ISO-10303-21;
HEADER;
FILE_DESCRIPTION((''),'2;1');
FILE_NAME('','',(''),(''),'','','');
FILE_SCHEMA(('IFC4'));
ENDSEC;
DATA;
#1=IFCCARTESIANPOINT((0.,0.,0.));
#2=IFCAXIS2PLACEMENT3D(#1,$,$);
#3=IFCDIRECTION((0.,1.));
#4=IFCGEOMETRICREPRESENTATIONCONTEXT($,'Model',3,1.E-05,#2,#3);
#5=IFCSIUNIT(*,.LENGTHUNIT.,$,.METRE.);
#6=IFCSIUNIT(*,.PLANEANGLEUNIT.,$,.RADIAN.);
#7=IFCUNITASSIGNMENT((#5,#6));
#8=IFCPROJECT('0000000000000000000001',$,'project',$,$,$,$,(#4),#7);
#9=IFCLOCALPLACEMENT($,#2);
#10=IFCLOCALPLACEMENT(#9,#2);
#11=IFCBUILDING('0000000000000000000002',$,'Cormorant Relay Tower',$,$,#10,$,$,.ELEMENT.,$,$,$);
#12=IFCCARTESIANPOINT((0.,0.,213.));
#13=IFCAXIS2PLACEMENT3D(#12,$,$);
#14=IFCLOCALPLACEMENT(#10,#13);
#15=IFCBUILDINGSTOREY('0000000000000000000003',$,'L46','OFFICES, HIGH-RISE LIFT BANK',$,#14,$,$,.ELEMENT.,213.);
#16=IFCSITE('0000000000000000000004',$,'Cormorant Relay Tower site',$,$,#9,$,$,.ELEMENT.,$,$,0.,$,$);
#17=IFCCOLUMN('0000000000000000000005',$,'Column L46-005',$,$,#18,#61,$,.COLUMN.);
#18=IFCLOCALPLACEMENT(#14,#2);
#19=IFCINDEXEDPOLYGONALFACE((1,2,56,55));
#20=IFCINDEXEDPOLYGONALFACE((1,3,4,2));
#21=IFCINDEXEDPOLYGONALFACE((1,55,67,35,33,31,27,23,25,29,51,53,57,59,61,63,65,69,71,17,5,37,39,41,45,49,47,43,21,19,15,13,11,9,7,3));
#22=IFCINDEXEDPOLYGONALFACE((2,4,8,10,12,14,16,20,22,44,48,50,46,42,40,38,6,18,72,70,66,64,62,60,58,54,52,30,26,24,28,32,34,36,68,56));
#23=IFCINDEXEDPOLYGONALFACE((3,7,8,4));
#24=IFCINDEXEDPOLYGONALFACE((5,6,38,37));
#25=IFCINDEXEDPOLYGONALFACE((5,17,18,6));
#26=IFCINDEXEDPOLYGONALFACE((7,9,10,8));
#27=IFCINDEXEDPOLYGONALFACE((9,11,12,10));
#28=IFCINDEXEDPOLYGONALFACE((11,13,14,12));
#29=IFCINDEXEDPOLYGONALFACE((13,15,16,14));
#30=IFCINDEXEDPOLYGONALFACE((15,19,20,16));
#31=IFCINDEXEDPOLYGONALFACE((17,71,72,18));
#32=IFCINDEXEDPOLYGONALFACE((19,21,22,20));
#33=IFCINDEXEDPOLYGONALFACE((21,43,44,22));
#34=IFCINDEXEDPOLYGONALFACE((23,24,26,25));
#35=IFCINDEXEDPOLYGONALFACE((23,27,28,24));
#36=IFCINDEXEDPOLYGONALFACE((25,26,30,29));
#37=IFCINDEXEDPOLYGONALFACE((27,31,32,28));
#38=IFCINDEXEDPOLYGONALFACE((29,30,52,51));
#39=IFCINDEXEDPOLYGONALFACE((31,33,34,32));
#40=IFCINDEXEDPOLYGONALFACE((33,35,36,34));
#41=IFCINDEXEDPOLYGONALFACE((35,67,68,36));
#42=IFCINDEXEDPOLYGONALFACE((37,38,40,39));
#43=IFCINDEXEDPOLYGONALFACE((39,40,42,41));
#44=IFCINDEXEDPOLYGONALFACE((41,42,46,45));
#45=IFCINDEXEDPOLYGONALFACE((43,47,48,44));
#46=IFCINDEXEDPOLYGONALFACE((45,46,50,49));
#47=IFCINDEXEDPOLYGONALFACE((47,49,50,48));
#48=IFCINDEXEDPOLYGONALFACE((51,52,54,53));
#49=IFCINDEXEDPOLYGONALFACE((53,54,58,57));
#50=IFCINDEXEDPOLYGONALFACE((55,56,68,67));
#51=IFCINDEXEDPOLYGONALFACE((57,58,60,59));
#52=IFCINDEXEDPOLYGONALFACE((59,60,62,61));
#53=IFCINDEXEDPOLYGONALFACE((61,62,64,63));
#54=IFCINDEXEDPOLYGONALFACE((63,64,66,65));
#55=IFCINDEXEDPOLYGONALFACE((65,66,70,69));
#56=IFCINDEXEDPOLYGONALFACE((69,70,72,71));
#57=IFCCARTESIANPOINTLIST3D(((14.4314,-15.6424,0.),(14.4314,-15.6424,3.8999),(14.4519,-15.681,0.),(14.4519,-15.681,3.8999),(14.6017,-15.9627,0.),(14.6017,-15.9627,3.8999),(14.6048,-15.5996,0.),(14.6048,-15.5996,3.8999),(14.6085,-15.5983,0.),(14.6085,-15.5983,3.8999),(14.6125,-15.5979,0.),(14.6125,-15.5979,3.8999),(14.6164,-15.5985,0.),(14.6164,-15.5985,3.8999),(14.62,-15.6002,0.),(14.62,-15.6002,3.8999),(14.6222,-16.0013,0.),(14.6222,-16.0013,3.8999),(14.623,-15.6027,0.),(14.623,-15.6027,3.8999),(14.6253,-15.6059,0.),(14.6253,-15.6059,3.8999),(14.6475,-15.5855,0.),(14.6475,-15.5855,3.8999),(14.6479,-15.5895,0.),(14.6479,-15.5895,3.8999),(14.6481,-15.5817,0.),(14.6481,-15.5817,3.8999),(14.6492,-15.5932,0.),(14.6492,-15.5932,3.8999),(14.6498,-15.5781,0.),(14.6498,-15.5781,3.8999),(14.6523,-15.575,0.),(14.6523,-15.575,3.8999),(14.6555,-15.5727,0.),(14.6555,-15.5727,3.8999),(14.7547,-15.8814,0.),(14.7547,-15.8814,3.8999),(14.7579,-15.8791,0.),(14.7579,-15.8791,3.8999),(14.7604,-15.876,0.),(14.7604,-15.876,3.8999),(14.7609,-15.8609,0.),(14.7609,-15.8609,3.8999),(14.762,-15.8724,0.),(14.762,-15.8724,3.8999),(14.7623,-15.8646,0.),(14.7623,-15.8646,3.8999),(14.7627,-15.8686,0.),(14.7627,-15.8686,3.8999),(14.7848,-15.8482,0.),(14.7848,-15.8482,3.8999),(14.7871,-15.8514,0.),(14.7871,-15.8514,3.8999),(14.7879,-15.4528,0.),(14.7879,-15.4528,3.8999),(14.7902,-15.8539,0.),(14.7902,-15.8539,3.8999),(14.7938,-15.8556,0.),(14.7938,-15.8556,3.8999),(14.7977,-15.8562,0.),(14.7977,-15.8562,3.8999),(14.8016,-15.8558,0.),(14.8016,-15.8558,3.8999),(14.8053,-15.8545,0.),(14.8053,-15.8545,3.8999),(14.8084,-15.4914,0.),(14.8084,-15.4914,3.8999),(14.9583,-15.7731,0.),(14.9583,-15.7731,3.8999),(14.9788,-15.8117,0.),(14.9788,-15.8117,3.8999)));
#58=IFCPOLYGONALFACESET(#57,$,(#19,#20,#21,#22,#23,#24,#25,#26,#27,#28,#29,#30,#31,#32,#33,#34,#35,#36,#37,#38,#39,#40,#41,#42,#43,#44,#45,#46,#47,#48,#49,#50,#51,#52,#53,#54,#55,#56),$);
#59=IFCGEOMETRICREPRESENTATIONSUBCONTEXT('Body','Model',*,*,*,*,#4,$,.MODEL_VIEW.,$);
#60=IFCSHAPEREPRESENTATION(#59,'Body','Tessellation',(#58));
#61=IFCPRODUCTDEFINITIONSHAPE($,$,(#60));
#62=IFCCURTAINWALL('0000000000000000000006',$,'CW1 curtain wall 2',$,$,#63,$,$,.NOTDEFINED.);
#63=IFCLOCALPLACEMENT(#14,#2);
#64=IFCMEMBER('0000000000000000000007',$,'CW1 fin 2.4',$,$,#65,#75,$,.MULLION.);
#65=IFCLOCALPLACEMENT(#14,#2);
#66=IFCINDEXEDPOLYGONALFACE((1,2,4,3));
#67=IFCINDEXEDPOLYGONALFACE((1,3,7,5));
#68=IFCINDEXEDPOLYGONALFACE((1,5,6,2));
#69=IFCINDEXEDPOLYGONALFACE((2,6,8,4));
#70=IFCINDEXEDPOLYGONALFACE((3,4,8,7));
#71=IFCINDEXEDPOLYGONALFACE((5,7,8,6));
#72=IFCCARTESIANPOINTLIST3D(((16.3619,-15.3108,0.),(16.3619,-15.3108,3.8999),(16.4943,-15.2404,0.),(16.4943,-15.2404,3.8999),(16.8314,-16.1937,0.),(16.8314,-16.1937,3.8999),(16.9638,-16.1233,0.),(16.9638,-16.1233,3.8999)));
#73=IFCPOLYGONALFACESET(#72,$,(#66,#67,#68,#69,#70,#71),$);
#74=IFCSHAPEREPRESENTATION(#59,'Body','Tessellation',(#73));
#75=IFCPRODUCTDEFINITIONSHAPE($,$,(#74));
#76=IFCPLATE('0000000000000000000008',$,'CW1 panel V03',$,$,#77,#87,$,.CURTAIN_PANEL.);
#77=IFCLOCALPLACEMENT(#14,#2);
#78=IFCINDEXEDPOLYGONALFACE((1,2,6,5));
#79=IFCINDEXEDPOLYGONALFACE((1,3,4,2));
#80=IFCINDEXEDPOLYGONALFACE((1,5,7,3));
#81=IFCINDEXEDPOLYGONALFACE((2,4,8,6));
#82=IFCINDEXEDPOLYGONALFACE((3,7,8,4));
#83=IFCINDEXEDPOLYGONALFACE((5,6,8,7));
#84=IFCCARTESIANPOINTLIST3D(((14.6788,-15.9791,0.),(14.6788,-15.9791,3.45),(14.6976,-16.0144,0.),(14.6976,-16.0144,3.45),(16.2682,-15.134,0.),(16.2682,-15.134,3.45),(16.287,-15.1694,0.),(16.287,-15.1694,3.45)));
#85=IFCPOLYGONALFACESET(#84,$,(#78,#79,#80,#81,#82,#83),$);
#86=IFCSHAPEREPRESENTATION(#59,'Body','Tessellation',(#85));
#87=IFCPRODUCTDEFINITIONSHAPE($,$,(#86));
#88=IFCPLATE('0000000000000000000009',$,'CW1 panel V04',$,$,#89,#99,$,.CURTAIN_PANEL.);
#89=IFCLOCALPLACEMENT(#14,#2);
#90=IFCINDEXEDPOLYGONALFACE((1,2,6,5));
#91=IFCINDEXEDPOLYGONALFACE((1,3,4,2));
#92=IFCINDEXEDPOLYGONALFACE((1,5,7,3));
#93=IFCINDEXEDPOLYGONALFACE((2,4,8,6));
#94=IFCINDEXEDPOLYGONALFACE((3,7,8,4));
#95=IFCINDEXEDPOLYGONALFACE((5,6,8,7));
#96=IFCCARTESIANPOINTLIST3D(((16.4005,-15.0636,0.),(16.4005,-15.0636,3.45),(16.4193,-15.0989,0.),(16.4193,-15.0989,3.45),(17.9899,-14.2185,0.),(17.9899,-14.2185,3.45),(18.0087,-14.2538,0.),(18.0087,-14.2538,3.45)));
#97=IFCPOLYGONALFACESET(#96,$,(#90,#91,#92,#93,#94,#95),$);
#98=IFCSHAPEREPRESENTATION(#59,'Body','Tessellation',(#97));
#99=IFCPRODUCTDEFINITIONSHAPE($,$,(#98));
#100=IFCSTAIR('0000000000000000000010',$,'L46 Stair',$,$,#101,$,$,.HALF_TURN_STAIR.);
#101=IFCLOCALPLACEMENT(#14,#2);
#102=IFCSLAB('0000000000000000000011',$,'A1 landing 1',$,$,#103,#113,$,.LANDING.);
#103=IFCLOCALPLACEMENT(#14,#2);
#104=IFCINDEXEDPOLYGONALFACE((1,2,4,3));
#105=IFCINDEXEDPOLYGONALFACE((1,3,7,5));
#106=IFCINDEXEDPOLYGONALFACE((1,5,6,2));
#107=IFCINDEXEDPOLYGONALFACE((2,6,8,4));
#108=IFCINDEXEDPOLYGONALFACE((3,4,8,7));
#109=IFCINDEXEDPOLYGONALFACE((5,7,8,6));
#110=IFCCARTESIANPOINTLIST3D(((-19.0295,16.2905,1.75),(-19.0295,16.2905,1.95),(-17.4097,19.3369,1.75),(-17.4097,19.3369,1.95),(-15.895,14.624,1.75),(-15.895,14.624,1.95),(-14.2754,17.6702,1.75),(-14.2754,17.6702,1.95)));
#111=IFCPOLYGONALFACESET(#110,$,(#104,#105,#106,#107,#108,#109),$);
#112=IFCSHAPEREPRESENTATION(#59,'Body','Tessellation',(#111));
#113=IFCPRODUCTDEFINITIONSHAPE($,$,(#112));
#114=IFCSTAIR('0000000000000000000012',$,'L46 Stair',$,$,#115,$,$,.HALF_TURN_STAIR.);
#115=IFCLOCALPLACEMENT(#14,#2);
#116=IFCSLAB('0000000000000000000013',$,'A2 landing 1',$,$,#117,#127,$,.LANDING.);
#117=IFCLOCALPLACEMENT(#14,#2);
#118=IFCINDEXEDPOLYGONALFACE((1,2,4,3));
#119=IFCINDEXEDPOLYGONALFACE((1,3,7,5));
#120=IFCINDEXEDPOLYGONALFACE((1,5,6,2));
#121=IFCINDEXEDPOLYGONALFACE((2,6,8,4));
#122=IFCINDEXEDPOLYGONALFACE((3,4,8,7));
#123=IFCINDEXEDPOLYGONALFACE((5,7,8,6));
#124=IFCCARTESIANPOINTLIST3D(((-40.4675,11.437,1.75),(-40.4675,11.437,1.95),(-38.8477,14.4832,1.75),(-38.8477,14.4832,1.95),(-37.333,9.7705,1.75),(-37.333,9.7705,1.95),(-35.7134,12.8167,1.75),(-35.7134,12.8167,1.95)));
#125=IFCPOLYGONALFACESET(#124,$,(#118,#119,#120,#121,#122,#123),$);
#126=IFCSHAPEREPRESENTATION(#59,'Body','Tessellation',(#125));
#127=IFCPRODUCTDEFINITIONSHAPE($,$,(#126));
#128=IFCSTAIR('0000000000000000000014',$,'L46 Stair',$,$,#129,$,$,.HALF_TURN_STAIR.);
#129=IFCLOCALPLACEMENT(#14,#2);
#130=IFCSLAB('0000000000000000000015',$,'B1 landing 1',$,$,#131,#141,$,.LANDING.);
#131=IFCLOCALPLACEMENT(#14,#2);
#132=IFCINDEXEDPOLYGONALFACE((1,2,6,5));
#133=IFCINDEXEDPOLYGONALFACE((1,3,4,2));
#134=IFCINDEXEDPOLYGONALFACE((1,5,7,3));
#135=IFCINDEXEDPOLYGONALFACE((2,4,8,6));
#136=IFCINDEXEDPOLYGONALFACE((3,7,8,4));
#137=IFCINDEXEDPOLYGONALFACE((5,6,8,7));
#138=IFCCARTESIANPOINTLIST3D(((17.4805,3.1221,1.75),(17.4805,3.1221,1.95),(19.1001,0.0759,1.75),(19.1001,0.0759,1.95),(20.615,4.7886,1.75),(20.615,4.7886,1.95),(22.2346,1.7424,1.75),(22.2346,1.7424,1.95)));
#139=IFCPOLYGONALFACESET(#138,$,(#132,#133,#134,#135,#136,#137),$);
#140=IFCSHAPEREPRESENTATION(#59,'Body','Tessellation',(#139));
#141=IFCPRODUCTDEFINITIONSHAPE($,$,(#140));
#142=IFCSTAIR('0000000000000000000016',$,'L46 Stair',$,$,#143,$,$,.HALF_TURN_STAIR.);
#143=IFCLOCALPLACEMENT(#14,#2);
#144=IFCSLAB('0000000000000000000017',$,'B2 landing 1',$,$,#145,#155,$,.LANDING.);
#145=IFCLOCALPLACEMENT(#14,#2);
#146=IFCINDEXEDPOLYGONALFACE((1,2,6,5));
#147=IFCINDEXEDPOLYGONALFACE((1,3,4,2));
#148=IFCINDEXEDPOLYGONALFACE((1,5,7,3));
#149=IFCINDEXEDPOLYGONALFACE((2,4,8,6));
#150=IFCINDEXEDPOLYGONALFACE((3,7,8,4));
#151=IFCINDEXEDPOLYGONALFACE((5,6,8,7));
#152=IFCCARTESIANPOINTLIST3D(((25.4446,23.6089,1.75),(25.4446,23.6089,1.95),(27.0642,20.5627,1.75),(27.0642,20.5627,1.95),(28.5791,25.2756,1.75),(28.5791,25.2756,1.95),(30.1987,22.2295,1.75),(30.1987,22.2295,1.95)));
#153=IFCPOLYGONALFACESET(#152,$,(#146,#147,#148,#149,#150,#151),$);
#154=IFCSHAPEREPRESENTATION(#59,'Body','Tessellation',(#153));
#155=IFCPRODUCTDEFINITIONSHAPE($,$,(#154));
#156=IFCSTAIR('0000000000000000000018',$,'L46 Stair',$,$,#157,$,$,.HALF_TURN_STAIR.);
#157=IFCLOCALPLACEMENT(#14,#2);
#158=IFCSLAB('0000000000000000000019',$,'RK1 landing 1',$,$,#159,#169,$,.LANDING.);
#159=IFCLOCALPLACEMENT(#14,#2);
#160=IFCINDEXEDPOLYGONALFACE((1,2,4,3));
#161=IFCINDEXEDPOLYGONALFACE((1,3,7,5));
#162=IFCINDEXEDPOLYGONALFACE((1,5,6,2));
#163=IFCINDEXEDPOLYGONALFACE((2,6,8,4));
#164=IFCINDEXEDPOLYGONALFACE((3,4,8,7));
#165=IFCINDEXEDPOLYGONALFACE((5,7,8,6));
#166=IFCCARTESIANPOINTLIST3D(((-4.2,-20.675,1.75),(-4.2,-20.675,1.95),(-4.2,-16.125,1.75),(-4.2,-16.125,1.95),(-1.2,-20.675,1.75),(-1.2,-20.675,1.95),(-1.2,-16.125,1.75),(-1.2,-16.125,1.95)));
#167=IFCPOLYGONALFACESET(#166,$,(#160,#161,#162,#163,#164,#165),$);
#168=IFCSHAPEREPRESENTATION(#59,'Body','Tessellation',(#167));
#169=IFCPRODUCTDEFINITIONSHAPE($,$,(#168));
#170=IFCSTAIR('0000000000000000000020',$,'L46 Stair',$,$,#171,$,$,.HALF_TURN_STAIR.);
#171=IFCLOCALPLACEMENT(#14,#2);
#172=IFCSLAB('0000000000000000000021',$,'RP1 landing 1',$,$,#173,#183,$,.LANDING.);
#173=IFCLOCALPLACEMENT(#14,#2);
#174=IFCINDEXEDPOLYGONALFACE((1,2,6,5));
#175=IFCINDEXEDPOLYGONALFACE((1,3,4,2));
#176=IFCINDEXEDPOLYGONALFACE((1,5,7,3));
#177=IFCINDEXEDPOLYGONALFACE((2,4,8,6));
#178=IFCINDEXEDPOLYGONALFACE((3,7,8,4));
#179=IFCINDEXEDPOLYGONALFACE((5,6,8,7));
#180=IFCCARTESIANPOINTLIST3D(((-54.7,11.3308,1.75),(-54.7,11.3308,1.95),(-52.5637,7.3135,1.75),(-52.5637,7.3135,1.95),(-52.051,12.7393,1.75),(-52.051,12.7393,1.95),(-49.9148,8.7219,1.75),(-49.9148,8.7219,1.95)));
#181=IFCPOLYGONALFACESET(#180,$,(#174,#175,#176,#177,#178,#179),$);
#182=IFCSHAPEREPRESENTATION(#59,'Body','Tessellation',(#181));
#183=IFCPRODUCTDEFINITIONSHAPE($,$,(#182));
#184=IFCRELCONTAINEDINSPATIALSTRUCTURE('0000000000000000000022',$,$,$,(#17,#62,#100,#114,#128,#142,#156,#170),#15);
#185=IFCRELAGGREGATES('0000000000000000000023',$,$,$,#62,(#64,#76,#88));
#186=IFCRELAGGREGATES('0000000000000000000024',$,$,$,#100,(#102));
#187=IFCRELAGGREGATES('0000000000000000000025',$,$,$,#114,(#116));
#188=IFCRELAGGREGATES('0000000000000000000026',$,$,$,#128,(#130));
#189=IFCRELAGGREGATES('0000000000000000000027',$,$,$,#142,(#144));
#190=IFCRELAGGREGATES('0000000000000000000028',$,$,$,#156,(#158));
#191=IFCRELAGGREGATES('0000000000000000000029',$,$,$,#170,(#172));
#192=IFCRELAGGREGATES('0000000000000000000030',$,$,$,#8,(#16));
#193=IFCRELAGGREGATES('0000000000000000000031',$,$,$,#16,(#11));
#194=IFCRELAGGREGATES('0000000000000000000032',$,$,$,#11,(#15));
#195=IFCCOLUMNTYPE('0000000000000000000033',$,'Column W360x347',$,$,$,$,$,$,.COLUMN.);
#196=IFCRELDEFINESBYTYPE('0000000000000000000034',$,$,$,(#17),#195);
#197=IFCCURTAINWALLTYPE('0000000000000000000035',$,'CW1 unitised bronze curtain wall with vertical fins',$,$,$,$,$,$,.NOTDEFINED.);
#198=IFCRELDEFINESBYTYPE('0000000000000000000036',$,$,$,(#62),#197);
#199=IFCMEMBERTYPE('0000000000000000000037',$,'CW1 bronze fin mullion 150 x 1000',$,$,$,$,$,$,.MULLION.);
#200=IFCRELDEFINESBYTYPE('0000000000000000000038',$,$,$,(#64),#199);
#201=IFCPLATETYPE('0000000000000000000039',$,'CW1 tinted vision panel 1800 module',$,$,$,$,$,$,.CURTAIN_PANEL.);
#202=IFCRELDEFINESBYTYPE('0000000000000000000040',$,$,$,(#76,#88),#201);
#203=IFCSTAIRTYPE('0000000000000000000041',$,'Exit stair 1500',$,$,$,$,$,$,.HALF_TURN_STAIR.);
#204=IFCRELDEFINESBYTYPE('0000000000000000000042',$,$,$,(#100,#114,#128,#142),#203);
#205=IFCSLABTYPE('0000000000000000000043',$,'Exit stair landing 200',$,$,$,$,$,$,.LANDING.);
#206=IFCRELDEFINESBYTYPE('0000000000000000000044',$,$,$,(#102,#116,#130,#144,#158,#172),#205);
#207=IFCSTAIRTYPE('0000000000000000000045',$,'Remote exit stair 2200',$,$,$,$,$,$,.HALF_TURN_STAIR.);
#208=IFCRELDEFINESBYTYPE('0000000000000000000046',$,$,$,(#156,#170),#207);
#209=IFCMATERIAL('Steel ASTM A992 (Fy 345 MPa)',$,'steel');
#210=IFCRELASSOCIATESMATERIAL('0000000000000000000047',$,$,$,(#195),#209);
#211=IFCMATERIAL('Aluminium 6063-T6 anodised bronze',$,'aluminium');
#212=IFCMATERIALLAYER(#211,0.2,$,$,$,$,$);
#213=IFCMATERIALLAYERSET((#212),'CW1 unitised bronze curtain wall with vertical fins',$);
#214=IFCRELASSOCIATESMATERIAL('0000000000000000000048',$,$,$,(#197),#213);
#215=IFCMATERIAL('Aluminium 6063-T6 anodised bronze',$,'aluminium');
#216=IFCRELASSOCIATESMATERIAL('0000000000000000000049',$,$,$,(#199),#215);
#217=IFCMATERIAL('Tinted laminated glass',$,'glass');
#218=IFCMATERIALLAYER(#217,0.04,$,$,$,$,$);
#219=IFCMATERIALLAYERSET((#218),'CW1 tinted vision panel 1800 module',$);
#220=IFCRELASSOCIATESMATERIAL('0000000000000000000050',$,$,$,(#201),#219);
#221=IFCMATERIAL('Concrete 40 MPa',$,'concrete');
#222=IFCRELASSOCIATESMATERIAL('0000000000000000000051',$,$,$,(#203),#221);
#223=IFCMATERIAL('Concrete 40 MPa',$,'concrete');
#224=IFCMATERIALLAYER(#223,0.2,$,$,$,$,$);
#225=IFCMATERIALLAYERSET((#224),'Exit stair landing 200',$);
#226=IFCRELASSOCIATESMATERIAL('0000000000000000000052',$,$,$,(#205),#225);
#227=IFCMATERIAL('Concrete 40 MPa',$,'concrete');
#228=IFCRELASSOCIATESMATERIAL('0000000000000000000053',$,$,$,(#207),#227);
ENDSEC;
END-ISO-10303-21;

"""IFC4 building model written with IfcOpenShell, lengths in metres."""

from ifc_helpers import new_model, si_unit, direction, frame, origin, origin_2d, place, context, subcontext, project, spatial, polyline, rectangle, i_section, outline, extrude, material, layer, layer_set, material_profile, profile_set, type_object, element, aggregate, save


model = new_model("IFC4")

# Units and contexts
model_context = context("Model", 3, precision=1e-05, world=origin(), true_north=direction((0.0, 1.0)))
body_context = subcontext(model_context, "Body", "Model", "MODEL_VIEW")
ifc_project = project(units=[si_unit("LENGTHUNIT", "METRE"), si_unit("PLANEANGLEUNIT", "RADIAN")], contexts=[model_context])

# Site, building, storey
site_placement = place(None, origin())
site = spatial("IfcSite", under=ifc_project, at=site_placement, Name="Cormorant Relay Tower site", CompositionType="ELEMENT", RefElevation=0.0)
building_placement = place(site_placement, origin())
building = spatial("IfcBuilding", under=site, at=building_placement, Name="Cormorant Relay Tower", CompositionType="ELEMENT")
storey_placement = place(building_placement, frame((0.0, 0.0, 213.0)))
storey = spatial("IfcBuildingStorey", under=building, at=storey_placement, Name="L46", Description="OFFICES, HIGH-RISE LIFT BANK", CompositionType="ELEMENT", Elevation=213.0)

# Column
ifc_material_1 = material(Name="Steel ASTM A992 (Fy 345 MPa)", Category="steel")
ifc_material_profile_1 = material_profile(ifc_material_1, i_section(OverallWidth=0.4038, OverallDepth=0.4065, WebThickness=0.0271, FlangeThickness=0.0437, FilletRadius=0.0151, at=origin_2d()), Name="W360x347")
ifc_profile_set_1 = profile_set([ifc_material_profile_1], Name="Steel ASTM A992 (Fy 345 MPa)")
column_type_1 = type_object("IfcColumnType", Name="Column W360x347", PredefinedType="COLUMN", material=ifc_profile_set_1)
column_placement = place(storey_placement, frame((14.7051, -15.7271, 0.0), z_axis=(0.0, 0.0, 1.0), x_axis=(0.882948, 0.469472, 0.0)))
element("IfcColumn", 1, at=column_placement, inside=storey, type_object=column_type_1, Name="Column L46-005", PredefinedType="COLUMN", context=body_context, shape_type="SweptSolid", body=[
    extrude(i_section(OverallWidth=0.4038, OverallDepth=0.4065, WebThickness=0.0271, FlangeThickness=0.0437, FilletRadius=0.0151, at=origin_2d()), origin(), (0.0, 0.0, 1.0), 3.8999),
])

# Curtain wall, member, plates
ifc_material_2 = material(Name="Aluminium 6063-T6 anodised bronze", Category="aluminium")
ifc_layer_1 = layer(ifc_material_2, 0.2)
ifc_layer_set_1 = layer_set([ifc_layer_1], Name="CW1 unitised bronze curtain wall with vertical fins")
curtain_wall_type = type_object("IfcCurtainWallType", Name="CW1 unitised bronze curtain wall with vertical fins", PredefinedType="NOTDEFINED", material=ifc_layer_set_1)
curtain_wall_placement = place(storey_placement, origin())
curtain_wall = element("IfcCurtainWall", 2, at=curtain_wall_placement, inside=storey, type_object=curtain_wall_type, Name="CW1 curtain wall 2", PredefinedType="NOTDEFINED")
ifc_material_3 = material(Name="Aluminium 6063-T6 anodised bronze", Category="aluminium")
ifc_material_profile_2 = material_profile(ifc_material_3, rectangle(XDim=0.1499, YDim=1.0, at=origin_2d()), Name="AL 150x1000")
ifc_profile_set_2 = profile_set([ifc_material_profile_2], Name="Aluminium 6063-T6 anodised bronze")
member_type = type_object("IfcMemberType", Name="CW1 bronze fin mullion 150 x 1000", PredefinedType="MULLION", material=ifc_profile_set_2)
member_placement = place(storey_placement, frame((16.6628, -15.717, 0.0), z_axis=(0.0, 0.0, 1.0), x_axis=(0.882948, 0.469472, 0.0)))
member = element("IfcMember", 3, at=member_placement, type_object=member_type, Name="CW1 fin 2.4", PredefinedType="MULLION", context=body_context, shape_type="SweptSolid", body=[
    extrude(rectangle(XDim=0.1499, YDim=1.0, at=origin_2d()), origin(), (0.0, 0.0, 1.0), 3.8999),
])
ifc_material_4 = material(Name="Tinted laminated glass", Category="glass")
ifc_layer_2 = layer(ifc_material_4, 0.04)
ifc_layer_set_2 = layer_set([ifc_layer_2], Name="CW1 tinted vision panel 1800 module")
plate_type = type_object("IfcPlateType", Name="CW1 tinted vision panel 1800 module", PredefinedType="CURTAIN_PANEL", material=ifc_layer_set_2)
plate_1_placement = place(storey_placement, frame((15.4829, -15.5742, 0.0), z_axis=(0.0, 0.0, 1.0), x_axis=(0.882948, 0.469472, 0.0)))
plate_1 = element("IfcPlate", 4, at=plate_1_placement, type_object=plate_type, Name="CW1 panel V03", PredefinedType="CURTAIN_PANEL", context=body_context, shape_type="SweptSolid", body=[
    extrude(rectangle(XDim=1.8, YDim=0.04, at=origin_2d()), origin(), (0.0, 0.0, 1.0), 3.45),
])
plate_2_placement = place(storey_placement, frame((17.2046, -14.6587, 0.0), z_axis=(0.0, 0.0, 1.0), x_axis=(0.882948, 0.469472, 0.0)))
plate_2 = element("IfcPlate", 5, at=plate_2_placement, type_object=plate_type, Name="CW1 panel V04", PredefinedType="CURTAIN_PANEL", context=body_context, shape_type="SweptSolid", body=[
    extrude(rectangle(XDim=1.8, YDim=0.04, at=origin_2d()), origin(), (0.0, 0.0, 1.0), 3.45),
])
aggregate(curtain_wall, [member, plate_1, plate_2])

# Stairs, slabs
ifc_material_5 = material(Name="Concrete 40 MPa", Category="concrete")
stair_type_1 = type_object("IfcStairType", Name="Exit stair 1500", PredefinedType="HALF_TURN_STAIR", material=ifc_material_5)
stair_1_placement = place(storey_placement, origin())
stair_1 = element("IfcStair", 6, at=stair_1_placement, inside=storey, type_object=stair_type_1, Name="L46 Stair", PredefinedType="HALF_TURN_STAIR")
ifc_material_6 = material(Name="Concrete 40 MPa", Category="concrete")
ifc_layer_3 = layer(ifc_material_6, 0.2)
ifc_layer_set_3 = layer_set([ifc_layer_3], Name="Exit stair landing 200")
slab_type_1 = type_object("IfcSlabType", Name="Exit stair landing 200", PredefinedType="LANDING", material=ifc_layer_set_3)
slab_1_placement = place(storey_placement, frame((0.0, 0.0, 1.75)))
slab_1 = element("IfcSlab", 7, at=slab_1_placement, type_object=slab_type_1, Name="A1 landing 1", PredefinedType="LANDING", context=body_context, shape_type="SweptSolid", body=[
    extrude(outline(polyline([(-19.0295, 16.2905), (-15.895, 14.624), (-14.2754, 17.6702), (-17.4097, 19.3369), (-19.0295, 16.2905)])), origin(), (0.0, 0.0, 1.0), 0.2),
])
aggregate(stair_1, [slab_1])
stair_2_placement = place(storey_placement, origin())
stair_2 = element("IfcStair", 8, at=stair_2_placement, inside=storey, type_object=stair_type_1, Name="L46 Stair", PredefinedType="HALF_TURN_STAIR")
slab_2_placement = place(storey_placement, frame((0.0, 0.0, 1.75)))
slab_2 = element("IfcSlab", 9, at=slab_2_placement, type_object=slab_type_1, Name="A2 landing 1", PredefinedType="LANDING", context=body_context, shape_type="SweptSolid", body=[
    extrude(outline(polyline([(-35.7134, 12.8167), (-38.8477, 14.4832), (-40.4675, 11.437), (-37.333, 9.7705), (-35.7134, 12.8167)])), origin(), (0.0, 0.0, 1.0), 0.2),
])
aggregate(stair_2, [slab_2])
stair_3_placement = place(storey_placement, origin())
stair_3 = element("IfcStair", 10, at=stair_3_placement, inside=storey, type_object=stair_type_1, Name="L46 Stair", PredefinedType="HALF_TURN_STAIR")
slab_3_placement = place(storey_placement, frame((0.0, 0.0, 1.75)))
slab_3 = element("IfcSlab", 11, at=slab_3_placement, type_object=slab_type_1, Name="B1 landing 1", PredefinedType="LANDING", context=body_context, shape_type="SweptSolid", body=[
    extrude(outline(polyline([(20.615, 4.7886), (17.4805, 3.1221), (19.1001, 0.0759), (22.2346, 1.7424), (20.615, 4.7886)])), origin(), (0.0, 0.0, 1.0), 0.2),
])
aggregate(stair_3, [slab_3])
stair_4_placement = place(storey_placement, origin())
stair_4 = element("IfcStair", 12, at=stair_4_placement, inside=storey, type_object=stair_type_1, Name="L46 Stair", PredefinedType="HALF_TURN_STAIR")
slab_4_placement = place(storey_placement, frame((0.0, 0.0, 1.75)))
slab_4 = element("IfcSlab", 13, at=slab_4_placement, type_object=slab_type_1, Name="B2 landing 1", PredefinedType="LANDING", context=body_context, shape_type="SweptSolid", body=[
    extrude(outline(polyline([(27.0642, 20.5627), (30.1987, 22.2295), (28.5791, 25.2756), (25.4446, 23.6089), (27.0642, 20.5627)])), origin(), (0.0, 0.0, 1.0), 0.2),
])
aggregate(stair_4, [slab_4])
ifc_material_7 = material(Name="Concrete 40 MPa", Category="concrete")
stair_type_2 = type_object("IfcStairType", Name="Remote exit stair 2200", PredefinedType="HALF_TURN_STAIR", material=ifc_material_7)
stair_5_placement = place(storey_placement, origin())
stair_5 = element("IfcStair", 14, at=stair_5_placement, inside=storey, type_object=stair_type_2, Name="L46 Stair", PredefinedType="HALF_TURN_STAIR")
slab_5_placement = place(storey_placement, frame((0.0, 0.0, 1.75)))
slab_5 = element("IfcSlab", 15, at=slab_5_placement, type_object=slab_type_1, Name="RK1 landing 1", PredefinedType="LANDING", context=body_context, shape_type="SweptSolid", body=[
    extrude(outline(polyline([(-1.2, -16.125), (-4.2, -16.125), (-4.2, -20.675), (-1.2, -20.675), (-1.2, -16.125)])), origin(), (0.0, 0.0, 1.0), 0.2),
])
aggregate(stair_5, [slab_5])
stair_6_placement = place(storey_placement, origin())
stair_6 = element("IfcStair", 16, at=stair_6_placement, inside=storey, type_object=stair_type_2, Name="L46 Stair", PredefinedType="HALF_TURN_STAIR")
slab_6_placement = place(storey_placement, frame((0.0, 0.0, 1.75)))
slab_6 = element("IfcSlab", 17, at=slab_6_placement, type_object=slab_type_1, Name="RP1 landing 1", PredefinedType="LANDING", context=body_context, shape_type="SweptSolid", body=[
    extrude(outline(polyline([(-52.051, 12.7393), (-54.7, 11.3308), (-52.5637, 7.3135), (-49.9148, 8.7219), (-52.051, 12.7393)])), origin(), (0.0, 0.0, 1.0), 0.2),
])
aggregate(stair_6, [slab_6])

save(model, "model.ifc")
